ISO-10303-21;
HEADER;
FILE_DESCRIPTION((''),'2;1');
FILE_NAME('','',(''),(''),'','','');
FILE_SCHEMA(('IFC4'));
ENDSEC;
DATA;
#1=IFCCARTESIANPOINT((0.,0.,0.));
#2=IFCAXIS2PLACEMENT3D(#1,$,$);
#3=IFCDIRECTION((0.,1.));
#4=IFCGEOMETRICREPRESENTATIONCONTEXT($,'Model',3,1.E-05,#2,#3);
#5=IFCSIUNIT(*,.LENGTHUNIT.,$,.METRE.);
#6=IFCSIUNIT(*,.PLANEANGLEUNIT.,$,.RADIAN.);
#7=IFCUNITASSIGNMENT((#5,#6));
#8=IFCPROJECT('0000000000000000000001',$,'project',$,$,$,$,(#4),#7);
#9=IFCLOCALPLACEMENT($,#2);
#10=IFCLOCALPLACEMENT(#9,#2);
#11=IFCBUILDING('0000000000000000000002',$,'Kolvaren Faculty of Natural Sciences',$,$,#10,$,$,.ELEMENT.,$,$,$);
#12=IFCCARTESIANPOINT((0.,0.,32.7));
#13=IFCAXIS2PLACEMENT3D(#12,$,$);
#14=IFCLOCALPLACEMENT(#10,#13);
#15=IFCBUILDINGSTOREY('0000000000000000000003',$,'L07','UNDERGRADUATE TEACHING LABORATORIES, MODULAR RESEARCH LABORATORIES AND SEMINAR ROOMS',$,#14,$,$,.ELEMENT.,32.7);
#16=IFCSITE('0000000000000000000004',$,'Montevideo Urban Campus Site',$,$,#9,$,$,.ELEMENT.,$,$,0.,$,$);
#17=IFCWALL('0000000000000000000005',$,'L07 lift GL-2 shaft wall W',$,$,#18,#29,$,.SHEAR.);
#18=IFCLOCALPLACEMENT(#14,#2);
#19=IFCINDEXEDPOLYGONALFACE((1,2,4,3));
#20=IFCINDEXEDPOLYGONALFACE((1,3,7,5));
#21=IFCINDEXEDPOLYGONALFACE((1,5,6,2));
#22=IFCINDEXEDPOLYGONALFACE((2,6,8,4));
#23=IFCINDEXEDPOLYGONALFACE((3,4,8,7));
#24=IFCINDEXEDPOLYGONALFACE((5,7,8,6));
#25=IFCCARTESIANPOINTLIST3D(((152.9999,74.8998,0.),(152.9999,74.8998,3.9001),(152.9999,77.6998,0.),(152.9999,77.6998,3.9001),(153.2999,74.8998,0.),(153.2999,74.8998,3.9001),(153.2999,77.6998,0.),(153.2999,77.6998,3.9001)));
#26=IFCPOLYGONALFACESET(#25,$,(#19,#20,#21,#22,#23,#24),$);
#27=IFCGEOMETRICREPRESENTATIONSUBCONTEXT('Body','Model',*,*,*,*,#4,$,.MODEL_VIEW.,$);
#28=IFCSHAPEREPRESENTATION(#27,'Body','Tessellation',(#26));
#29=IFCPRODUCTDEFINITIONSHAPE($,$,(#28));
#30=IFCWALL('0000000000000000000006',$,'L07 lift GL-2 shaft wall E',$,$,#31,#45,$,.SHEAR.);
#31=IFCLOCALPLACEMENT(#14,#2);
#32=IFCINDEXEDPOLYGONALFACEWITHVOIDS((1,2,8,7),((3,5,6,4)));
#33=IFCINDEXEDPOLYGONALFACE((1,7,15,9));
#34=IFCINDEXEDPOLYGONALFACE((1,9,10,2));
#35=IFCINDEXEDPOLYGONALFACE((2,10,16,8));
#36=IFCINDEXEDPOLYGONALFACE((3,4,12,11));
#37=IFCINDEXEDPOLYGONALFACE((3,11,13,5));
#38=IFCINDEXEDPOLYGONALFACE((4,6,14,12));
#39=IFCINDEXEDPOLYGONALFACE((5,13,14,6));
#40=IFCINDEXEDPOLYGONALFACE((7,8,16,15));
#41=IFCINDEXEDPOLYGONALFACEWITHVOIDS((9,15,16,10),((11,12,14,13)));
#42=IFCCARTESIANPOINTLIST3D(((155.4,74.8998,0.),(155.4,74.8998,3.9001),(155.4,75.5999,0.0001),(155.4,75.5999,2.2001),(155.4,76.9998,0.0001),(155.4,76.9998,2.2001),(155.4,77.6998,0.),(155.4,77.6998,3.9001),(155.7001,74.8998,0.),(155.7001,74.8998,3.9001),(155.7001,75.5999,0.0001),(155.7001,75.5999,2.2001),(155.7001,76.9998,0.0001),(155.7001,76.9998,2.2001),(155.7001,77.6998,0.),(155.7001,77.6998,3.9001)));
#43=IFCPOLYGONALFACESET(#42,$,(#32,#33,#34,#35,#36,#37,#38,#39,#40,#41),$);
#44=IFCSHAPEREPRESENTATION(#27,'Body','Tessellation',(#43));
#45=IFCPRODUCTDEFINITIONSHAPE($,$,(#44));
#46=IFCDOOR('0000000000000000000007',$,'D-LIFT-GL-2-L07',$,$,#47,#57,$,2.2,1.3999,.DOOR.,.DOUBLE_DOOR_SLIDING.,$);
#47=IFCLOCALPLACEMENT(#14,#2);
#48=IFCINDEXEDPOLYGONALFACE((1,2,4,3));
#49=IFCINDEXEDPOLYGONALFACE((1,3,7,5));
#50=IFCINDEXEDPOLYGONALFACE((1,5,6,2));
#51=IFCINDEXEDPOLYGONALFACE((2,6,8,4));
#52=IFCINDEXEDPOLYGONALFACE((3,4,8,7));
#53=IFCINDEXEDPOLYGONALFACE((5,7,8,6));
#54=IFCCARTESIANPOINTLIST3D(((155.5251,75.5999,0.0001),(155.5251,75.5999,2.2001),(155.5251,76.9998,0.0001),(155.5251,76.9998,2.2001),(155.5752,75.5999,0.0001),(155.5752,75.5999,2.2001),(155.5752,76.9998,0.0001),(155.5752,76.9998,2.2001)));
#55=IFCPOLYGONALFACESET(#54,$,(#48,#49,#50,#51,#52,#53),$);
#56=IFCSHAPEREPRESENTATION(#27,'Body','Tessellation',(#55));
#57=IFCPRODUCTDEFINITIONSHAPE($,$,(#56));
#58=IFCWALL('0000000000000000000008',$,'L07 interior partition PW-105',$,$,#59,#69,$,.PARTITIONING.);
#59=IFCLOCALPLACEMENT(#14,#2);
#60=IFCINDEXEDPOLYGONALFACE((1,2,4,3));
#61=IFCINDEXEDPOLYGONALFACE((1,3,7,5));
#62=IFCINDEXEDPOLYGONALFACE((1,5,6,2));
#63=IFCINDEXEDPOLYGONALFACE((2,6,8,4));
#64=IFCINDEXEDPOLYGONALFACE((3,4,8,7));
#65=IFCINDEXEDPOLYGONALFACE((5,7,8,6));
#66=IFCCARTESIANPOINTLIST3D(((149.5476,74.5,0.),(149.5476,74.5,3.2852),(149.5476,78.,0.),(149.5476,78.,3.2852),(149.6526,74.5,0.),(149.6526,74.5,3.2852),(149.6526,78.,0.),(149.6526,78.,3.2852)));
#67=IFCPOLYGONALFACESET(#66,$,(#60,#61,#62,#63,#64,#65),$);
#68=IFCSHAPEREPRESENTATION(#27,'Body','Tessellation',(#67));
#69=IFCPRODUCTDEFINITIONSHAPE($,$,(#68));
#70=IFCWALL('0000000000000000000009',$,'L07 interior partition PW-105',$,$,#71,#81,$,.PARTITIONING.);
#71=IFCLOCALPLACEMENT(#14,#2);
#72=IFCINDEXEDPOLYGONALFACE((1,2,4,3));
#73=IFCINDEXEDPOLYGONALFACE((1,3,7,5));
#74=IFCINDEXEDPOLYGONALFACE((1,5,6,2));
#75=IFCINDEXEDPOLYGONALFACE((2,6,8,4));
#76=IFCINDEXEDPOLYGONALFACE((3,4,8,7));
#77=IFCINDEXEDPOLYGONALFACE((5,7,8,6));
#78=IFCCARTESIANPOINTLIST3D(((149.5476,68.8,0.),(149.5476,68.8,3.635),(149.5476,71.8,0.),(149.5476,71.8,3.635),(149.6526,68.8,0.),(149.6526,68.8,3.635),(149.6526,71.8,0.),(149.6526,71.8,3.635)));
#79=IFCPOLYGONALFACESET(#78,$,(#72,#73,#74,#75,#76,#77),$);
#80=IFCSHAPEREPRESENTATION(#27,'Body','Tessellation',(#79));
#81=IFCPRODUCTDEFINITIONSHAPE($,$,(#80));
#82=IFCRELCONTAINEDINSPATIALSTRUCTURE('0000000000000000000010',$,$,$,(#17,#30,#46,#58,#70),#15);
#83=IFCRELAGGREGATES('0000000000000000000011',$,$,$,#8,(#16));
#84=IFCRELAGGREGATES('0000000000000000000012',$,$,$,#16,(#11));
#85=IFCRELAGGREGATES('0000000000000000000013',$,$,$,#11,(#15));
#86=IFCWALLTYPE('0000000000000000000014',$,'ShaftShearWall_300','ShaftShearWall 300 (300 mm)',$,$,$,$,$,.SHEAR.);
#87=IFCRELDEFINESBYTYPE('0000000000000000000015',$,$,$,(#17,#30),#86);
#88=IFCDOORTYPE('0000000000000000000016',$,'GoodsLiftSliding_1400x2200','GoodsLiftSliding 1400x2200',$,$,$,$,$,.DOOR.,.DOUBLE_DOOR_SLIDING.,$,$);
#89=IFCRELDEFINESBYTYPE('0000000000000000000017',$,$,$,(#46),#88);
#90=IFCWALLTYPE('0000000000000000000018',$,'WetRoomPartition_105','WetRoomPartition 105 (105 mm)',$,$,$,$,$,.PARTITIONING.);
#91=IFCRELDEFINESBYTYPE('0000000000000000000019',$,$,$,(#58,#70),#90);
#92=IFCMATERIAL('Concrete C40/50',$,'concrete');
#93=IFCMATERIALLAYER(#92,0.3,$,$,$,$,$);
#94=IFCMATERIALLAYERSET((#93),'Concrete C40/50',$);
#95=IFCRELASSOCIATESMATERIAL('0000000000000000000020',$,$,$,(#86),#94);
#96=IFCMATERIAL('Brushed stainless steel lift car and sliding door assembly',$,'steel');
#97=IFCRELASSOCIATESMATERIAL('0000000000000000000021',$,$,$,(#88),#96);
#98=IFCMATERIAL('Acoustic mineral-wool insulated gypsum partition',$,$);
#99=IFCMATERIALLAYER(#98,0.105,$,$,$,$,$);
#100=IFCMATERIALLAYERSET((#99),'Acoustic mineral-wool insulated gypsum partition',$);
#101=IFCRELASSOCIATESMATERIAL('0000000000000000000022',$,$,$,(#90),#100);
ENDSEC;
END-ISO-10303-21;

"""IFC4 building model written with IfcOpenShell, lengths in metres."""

from ifc_helpers import new_model, si_unit, direction, frame, frame_2d, origin, place, context, subcontext, project, spatial, rectangle, extrude, material, layer, layer_set, type_object, element, fill, save


model = new_model("IFC4")

# Units and contexts
model_context = context("Model", 3, precision=1e-05, world=origin(), true_north=direction((0.0, 1.0)))
body_context = subcontext(model_context, "Body", "Model", "MODEL_VIEW")
ifc_project = project(units=[si_unit("LENGTHUNIT", "METRE"), si_unit("PLANEANGLEUNIT", "RADIAN")], contexts=[model_context])

# Site, building, storey
site_placement = place(None, origin())
site = spatial("IfcSite", under=ifc_project, at=site_placement, Name="Montevideo Urban Campus Site", CompositionType="ELEMENT", RefElevation=0.0)
building_placement = place(site_placement, origin())
building = spatial("IfcBuilding", under=site, at=building_placement, Name="Kolvaren Faculty of Natural Sciences", CompositionType="ELEMENT")
storey_placement = place(building_placement, frame((0.0, 0.0, 32.7)))
storey = spatial("IfcBuildingStorey", under=building, at=storey_placement, Name="L07", Description="UNDERGRADUATE TEACHING LABORATORIES, MODULAR RESEARCH LABORATORIES AND SEMINAR ROOMS", CompositionType="ELEMENT", Elevation=32.7)

# Shared definitions
ifc_material_1 = material(Name="Concrete C40/50", Category="concrete")

# Shared definitions
ifc_material_2 = material(Name="Acoustic mineral-wool insulated gypsum partition")

# Wall
ifc_layer_1 = layer(ifc_material_1, 0.3)
ifc_layer_set_1 = layer_set([ifc_layer_1], Name="Concrete C40/50")
wall_type_1 = type_object("IfcWallType", Name="ShaftShearWall_300", Description="ShaftShearWall 300 (300 mm)", PredefinedType="SHEAR", material=ifc_layer_set_1)
wall_1_placement = place(storey_placement, frame((153.1499, 74.8999, 0.0), z_axis=(0.0, 0.0, 1.0), x_axis=(0.0, 1.0, 0.0)))
element("IfcWall", 1, at=wall_1_placement, inside=storey, type_object=wall_type_1, Name="L07 lift GL-2 shaft wall W", PredefinedType="SHEAR", context=body_context, shape_type="SweptSolid", body=[
    extrude(rectangle(XDim=2.8, YDim=0.3, at=frame_2d((1.3999, 0.0))), origin(), (0.0, 0.0, 1.0), 3.9001),
])

# Wall, opening, door
wall_2_placement = place(storey_placement, frame((155.55, 74.8999, 0.0), z_axis=(0.0, 0.0, 1.0), x_axis=(0.0, 1.0, 0.0)))
wall_2 = element("IfcWall", 2, at=wall_2_placement, inside=storey, type_object=wall_type_1, Name="L07 lift GL-2 shaft wall E", PredefinedType="SHEAR", context=body_context, shape_type="SweptSolid", body=[
    extrude(rectangle(XDim=2.8, YDim=0.3, at=frame_2d((1.3999, 0.0))), origin(), (0.0, 0.0, 1.0), 3.9001),
])
opening_1_placement = place(wall_2_placement, frame((0.7, 0.0, 0.0)))
opening_1 = element("IfcOpeningElement", 3, at=opening_1_placement, cuts=wall_2, PredefinedType="OPENING", context=body_context, shape_type="SweptSolid", body=[
    extrude(rectangle(XDim=1.3999, YDim=2.2, at=frame_2d((0.7, 1.1001))), frame((0.0, 0.1599, 0.0), z_axis=(0.0, -1.0, 0.0), x_axis=(1.0, 0.0, 0.0)), (0.0, 0.0, 1.0), 0.3201),
])
ifc_material_3 = material(Name="Brushed stainless steel lift car and sliding door assembly", Category="steel")
door_type_1 = type_object("IfcDoorType", Name="GoodsLiftSliding_1400x2200", Description="GoodsLiftSliding 1400x2200", OperationType="DOUBLE_DOOR_SLIDING", PredefinedType="DOOR", material=ifc_material_3)
door_1_placement = place(opening_1_placement, origin())
door_1 = element("IfcDoor", 4, at=door_1_placement, inside=storey, type_object=door_type_1, Name="D-LIFT-GL-2-L07", OperationType="DOUBLE_DOOR_SLIDING", OverallHeight=2.2, OverallWidth=1.3999, PredefinedType="DOOR", context=body_context, shape_type="SweptSolid", body=[
    extrude(rectangle(XDim=1.3999, YDim=2.2, at=frame_2d((0.7, 1.1001))), frame((0.0, 0.0249, 0.0), z_axis=(0.0, -1.0, 0.0), x_axis=(1.0, 0.0, 0.0)), (0.0, 0.0, 1.0), 0.05),
])
fill(opening_1, door_1)

# Walls
ifc_layer_2 = layer(ifc_material_2, 0.105)
ifc_layer_set_2 = layer_set([ifc_layer_2], Name="Acoustic mineral-wool insulated gypsum partition")
wall_type_2 = type_object("IfcWallType", Name="WetRoomPartition_105", Description="WetRoomPartition 105 (105 mm)", PredefinedType="PARTITIONING", material=ifc_layer_set_2)
wall_3_placement = place(storey_placement, frame((149.6001, 78.0, 0.0), z_axis=(0.0, 0.0, 1.0), x_axis=(0.0, -1.0, 0.0)))
element("IfcWall", 5, at=wall_3_placement, inside=storey, type_object=wall_type_2, Name="L07 interior partition PW-105", PredefinedType="PARTITIONING", context=body_context, shape_type="SweptSolid", body=[
    extrude(rectangle(XDim=3.5, YDim=0.105, at=frame_2d((1.75, 0.0))), origin(), (0.0, 0.0, 1.0), 3.2852),
])
wall_4_placement = place(storey_placement, frame((149.6001, 71.8, 0.0), z_axis=(0.0, 0.0, 1.0), x_axis=(0.0, -1.0, 0.0)))
element("IfcWall", 6, at=wall_4_placement, inside=storey, type_object=wall_type_2, Name="L07 interior partition PW-105", PredefinedType="PARTITIONING", context=body_context, shape_type="SweptSolid", body=[
    extrude(rectangle(XDim=3.0, YDim=0.105, at=frame_2d((1.5, 0.0))), origin(), (0.0, 0.0, 1.0), 3.635),
])

save(model, "model.ifc")
